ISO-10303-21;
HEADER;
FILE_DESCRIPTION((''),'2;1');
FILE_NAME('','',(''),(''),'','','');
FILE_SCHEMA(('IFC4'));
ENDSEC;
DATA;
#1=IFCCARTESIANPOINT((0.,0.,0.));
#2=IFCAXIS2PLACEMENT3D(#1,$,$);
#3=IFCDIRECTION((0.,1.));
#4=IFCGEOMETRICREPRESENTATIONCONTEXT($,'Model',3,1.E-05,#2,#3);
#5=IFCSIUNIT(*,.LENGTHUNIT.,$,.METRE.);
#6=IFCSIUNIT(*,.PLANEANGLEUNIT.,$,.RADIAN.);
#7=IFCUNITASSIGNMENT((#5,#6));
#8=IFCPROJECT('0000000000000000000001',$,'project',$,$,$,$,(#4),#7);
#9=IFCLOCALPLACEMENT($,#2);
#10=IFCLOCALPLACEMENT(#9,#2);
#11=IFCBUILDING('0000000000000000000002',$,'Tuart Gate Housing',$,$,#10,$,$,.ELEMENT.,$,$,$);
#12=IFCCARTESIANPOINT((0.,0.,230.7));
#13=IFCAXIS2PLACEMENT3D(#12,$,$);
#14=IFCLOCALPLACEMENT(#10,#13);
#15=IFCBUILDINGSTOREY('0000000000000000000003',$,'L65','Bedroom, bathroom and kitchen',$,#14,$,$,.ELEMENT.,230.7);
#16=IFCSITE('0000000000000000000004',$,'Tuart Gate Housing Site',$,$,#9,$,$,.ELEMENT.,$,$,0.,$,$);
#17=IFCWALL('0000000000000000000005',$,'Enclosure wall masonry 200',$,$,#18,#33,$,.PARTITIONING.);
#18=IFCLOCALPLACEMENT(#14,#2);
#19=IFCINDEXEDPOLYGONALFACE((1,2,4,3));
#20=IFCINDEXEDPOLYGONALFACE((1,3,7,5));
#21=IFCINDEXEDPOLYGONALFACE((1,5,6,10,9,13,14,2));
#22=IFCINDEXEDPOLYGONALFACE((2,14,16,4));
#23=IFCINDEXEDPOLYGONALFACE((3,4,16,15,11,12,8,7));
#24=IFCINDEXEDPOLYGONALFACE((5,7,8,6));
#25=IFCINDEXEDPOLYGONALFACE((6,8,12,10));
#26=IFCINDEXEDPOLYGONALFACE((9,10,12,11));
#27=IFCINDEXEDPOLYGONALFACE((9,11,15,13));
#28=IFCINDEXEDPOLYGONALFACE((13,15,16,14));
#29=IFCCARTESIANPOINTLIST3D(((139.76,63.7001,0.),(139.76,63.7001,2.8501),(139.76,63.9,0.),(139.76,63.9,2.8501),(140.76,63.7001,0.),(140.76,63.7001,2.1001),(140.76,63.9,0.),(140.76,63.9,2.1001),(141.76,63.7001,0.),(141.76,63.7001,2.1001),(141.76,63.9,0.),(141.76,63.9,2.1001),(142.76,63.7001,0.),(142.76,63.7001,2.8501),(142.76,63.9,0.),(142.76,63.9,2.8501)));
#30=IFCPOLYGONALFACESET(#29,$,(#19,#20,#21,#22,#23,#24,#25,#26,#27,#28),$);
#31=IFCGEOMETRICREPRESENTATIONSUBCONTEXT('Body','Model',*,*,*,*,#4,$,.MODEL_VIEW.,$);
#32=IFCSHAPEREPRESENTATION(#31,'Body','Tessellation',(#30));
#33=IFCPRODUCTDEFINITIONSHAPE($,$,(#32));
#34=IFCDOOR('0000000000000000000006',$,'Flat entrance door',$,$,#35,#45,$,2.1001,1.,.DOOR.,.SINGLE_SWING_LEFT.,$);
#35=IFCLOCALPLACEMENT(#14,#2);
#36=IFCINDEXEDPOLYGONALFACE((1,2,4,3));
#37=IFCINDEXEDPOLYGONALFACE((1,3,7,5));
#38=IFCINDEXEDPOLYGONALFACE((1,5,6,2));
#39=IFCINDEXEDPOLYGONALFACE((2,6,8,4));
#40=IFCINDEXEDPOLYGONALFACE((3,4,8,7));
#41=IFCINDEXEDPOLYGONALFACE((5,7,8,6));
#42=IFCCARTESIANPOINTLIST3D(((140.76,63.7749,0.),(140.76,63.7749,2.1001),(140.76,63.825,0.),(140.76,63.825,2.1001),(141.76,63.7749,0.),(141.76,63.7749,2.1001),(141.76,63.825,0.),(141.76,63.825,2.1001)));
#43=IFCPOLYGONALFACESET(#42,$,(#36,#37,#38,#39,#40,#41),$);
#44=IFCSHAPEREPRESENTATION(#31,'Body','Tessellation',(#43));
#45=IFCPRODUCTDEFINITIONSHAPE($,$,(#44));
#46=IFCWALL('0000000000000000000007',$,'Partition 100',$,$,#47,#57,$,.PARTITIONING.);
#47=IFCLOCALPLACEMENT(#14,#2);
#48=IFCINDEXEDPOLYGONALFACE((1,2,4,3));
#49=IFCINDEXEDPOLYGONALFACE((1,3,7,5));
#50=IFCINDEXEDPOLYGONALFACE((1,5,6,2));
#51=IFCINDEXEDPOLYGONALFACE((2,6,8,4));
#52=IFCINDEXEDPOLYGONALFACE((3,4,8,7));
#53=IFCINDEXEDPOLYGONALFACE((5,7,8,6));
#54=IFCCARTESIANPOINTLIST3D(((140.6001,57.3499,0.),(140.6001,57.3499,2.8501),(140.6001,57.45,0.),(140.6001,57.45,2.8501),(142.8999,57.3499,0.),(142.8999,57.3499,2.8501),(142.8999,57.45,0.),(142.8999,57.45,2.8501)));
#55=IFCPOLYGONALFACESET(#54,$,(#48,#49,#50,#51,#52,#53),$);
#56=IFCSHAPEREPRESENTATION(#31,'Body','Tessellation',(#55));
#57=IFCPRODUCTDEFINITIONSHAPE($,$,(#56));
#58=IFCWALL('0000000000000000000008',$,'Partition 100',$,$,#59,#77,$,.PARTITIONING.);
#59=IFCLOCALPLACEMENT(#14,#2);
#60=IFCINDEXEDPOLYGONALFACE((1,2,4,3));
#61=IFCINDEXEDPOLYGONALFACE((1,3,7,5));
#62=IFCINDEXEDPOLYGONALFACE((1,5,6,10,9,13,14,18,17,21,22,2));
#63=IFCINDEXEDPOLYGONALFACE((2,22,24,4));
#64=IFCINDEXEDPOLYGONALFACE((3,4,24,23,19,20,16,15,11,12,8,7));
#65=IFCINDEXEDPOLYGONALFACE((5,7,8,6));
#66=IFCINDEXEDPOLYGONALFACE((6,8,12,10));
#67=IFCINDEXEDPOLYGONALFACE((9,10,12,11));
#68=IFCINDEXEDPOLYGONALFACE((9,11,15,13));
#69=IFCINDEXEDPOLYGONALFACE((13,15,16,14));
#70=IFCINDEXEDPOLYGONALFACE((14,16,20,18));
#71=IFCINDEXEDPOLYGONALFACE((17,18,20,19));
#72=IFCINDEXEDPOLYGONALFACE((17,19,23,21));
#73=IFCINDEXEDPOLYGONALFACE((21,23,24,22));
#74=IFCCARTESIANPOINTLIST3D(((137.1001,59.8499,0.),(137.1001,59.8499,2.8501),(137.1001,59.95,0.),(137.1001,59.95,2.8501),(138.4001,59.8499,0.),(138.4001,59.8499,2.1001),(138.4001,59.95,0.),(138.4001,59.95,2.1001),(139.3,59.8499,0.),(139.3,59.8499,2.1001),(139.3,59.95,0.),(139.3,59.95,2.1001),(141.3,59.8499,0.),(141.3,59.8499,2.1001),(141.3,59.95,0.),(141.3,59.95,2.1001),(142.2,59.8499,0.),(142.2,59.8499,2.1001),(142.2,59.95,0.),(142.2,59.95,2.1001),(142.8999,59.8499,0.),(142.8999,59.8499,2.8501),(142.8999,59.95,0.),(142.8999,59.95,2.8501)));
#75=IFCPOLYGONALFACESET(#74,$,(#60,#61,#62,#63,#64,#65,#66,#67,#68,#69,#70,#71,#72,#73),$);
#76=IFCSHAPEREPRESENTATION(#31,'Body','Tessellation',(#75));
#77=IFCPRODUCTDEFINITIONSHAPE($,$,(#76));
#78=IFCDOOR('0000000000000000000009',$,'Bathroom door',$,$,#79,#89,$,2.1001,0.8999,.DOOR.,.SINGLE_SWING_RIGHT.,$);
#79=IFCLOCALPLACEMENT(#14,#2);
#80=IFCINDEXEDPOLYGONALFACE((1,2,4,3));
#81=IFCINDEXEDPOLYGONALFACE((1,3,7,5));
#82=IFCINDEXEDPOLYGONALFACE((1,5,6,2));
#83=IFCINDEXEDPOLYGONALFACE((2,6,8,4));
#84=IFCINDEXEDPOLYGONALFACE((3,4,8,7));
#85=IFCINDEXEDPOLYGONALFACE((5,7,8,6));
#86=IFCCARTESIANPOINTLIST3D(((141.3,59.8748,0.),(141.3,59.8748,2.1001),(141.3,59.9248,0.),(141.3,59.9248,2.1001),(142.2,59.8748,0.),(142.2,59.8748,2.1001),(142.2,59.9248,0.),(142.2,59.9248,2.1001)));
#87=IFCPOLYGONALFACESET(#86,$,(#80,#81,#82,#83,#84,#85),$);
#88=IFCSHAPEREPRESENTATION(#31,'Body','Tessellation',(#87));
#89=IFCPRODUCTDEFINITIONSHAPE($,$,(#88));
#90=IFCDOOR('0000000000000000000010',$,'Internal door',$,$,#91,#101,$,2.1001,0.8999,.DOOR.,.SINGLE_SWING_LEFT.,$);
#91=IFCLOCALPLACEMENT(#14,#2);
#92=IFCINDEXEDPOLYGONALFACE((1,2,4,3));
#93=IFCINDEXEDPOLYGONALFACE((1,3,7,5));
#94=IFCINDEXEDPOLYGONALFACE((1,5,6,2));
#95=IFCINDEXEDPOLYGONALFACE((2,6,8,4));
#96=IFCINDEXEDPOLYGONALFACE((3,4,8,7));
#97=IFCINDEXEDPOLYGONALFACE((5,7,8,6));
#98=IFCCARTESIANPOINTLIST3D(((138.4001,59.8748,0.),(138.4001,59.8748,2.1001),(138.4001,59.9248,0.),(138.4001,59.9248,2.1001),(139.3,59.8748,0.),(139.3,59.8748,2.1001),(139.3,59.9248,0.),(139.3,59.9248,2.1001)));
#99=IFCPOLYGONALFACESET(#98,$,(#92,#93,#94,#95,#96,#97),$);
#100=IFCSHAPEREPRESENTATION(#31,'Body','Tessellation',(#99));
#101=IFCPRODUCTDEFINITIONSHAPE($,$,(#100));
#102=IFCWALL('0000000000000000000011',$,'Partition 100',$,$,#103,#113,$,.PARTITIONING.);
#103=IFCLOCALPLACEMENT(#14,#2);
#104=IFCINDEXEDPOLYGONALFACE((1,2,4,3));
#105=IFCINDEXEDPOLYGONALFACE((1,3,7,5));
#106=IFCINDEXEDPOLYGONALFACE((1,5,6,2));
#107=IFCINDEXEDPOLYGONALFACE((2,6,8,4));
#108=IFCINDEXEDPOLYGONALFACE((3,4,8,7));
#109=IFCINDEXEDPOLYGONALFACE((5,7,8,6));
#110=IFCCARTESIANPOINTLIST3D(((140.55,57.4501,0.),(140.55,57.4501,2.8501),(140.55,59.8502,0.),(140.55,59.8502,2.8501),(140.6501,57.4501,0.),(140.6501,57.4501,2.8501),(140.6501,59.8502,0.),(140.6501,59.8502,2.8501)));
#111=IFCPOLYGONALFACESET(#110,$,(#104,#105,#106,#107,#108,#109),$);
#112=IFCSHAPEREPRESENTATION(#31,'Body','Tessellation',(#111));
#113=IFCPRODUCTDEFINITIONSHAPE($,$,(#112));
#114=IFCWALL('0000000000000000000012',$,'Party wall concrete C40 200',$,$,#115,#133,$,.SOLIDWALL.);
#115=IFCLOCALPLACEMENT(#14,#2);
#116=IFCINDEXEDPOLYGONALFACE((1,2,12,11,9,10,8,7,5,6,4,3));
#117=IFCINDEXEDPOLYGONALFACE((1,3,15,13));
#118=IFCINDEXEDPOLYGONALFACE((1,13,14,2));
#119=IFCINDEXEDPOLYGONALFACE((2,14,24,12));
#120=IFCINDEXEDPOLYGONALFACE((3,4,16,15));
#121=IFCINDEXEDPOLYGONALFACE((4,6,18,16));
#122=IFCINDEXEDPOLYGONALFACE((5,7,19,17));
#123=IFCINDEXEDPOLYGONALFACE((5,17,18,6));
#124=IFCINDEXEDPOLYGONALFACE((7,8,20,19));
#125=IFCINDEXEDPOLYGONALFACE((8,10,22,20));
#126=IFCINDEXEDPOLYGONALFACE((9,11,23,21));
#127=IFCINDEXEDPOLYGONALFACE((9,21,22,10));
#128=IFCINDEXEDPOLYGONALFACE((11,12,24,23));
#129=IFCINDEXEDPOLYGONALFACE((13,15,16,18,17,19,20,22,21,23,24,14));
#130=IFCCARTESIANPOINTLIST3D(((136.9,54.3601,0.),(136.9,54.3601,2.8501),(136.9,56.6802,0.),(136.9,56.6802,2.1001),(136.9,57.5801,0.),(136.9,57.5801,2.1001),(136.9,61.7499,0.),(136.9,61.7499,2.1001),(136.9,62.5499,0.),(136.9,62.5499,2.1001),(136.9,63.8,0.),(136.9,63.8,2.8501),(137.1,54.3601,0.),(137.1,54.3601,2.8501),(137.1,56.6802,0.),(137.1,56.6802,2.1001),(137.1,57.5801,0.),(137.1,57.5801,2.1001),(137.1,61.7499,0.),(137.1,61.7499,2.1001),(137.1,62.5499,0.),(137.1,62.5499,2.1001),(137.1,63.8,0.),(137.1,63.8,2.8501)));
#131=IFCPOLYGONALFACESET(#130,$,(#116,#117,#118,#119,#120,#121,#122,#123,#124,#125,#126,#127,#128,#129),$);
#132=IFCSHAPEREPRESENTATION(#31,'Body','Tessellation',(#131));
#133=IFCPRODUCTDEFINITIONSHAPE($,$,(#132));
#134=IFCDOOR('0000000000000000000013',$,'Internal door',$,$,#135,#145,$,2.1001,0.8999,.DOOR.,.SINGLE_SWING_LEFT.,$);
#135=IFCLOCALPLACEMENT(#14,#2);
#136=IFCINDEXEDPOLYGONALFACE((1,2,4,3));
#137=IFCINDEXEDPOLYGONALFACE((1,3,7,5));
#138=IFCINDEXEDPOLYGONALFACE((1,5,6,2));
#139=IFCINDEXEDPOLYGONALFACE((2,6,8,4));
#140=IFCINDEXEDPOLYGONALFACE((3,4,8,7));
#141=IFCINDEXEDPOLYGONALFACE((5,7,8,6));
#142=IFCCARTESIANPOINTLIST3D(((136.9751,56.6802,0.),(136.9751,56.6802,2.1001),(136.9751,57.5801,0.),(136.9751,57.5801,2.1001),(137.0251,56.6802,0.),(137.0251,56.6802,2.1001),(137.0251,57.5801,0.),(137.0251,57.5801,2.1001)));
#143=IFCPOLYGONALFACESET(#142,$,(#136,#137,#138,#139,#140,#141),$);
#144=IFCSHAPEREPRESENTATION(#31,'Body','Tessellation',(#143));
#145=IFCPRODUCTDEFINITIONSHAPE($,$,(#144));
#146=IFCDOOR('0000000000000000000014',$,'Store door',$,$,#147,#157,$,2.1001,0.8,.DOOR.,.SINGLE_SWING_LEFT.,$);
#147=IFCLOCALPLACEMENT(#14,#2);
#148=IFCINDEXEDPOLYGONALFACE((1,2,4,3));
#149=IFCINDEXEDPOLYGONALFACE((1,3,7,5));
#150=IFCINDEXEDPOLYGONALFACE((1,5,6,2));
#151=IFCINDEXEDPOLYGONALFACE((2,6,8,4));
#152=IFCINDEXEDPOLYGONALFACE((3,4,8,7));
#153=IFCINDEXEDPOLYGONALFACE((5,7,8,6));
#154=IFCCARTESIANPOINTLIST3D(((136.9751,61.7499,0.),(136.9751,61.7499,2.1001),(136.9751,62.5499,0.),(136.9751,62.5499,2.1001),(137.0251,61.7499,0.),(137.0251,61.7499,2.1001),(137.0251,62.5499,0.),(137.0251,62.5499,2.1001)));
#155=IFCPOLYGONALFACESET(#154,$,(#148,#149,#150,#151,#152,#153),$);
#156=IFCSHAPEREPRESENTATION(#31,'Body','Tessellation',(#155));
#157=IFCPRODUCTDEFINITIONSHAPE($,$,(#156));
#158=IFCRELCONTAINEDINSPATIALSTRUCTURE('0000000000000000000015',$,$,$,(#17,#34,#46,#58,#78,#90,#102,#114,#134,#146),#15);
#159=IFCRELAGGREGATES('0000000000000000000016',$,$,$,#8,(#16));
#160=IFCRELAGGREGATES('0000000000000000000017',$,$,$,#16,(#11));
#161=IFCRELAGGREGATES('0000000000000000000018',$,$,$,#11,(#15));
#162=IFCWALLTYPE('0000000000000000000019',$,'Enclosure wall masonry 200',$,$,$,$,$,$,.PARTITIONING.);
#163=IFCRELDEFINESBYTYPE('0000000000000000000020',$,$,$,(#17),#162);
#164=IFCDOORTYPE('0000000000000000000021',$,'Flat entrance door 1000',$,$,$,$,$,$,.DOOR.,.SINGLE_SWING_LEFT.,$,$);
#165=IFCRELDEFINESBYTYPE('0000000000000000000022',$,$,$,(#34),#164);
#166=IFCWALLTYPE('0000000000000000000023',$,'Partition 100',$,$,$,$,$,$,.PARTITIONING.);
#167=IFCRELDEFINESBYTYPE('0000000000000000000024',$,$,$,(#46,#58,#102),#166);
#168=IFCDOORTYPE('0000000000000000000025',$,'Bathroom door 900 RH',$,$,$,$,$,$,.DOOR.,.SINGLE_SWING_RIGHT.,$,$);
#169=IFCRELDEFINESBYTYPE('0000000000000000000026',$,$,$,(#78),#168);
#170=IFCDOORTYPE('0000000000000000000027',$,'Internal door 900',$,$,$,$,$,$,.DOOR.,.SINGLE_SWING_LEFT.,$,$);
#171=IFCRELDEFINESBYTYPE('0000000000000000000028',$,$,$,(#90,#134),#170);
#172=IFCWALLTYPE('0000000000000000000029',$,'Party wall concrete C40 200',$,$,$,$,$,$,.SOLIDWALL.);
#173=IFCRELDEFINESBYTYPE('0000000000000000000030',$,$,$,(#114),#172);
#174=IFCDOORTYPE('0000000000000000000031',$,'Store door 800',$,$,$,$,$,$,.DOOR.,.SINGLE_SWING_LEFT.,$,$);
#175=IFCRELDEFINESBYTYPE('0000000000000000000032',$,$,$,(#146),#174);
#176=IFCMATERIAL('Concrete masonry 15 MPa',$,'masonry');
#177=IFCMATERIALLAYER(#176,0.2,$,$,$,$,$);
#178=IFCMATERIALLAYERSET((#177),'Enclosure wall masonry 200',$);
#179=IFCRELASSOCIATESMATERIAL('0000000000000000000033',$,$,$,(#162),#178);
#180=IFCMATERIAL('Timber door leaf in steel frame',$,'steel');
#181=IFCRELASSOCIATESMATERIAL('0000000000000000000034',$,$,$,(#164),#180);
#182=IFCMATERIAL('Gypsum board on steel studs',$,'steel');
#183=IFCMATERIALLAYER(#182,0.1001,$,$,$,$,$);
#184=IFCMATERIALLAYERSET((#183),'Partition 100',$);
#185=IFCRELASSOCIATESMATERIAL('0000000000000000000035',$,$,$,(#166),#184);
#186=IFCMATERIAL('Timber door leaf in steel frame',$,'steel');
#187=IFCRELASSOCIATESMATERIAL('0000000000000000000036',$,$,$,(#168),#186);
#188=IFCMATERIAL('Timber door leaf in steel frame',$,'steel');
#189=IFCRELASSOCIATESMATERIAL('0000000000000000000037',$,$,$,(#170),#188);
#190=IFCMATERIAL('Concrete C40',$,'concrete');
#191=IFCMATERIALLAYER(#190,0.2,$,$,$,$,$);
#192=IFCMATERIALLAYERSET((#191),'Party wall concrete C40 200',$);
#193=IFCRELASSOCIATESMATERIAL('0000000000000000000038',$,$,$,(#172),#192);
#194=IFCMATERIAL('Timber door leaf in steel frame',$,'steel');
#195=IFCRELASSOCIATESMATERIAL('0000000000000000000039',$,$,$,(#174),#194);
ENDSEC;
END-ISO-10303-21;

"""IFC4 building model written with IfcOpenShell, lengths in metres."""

from ifc_helpers import new_model, si_unit, direction, frame, frame_2d, origin, place, context, subcontext, project, spatial, rectangle, extrude, material, layer, layer_set, type_object, element, fill, save


model = new_model("IFC4")

# Units and contexts
model_context = context("Model", 3, precision=1e-05, world=origin(), true_north=direction((0.0, 1.0)))
body_context = subcontext(model_context, "Body", "Model", "MODEL_VIEW")
ifc_project = project(units=[si_unit("LENGTHUNIT", "METRE"), si_unit("PLANEANGLEUNIT", "RADIAN")], contexts=[model_context])

# Site, building, storey
site_placement = place(None, origin())
site = spatial("IfcSite", under=ifc_project, at=site_placement, Name="Tuart Gate Housing Site", CompositionType="ELEMENT", RefElevation=0.0)
building_placement = place(site_placement, origin())
building = spatial("IfcBuilding", under=site, at=building_placement, Name="Tuart Gate Housing", CompositionType="ELEMENT")
storey_placement = place(building_placement, frame((0.0, 0.0, 230.7)))
storey = spatial("IfcBuildingStorey", under=building, at=storey_placement, Name="L65", Description="Bedroom, bathroom and kitchen", CompositionType="ELEMENT", Elevation=230.7)

# Wall, opening, door
ifc_material_1 = material(Name="Concrete masonry 15 MPa", Category="masonry")
ifc_layer_1 = layer(ifc_material_1, 0.2)
ifc_layer_set_1 = layer_set([ifc_layer_1], Name="Enclosure wall masonry 200")
wall_type_1 = type_object("IfcWallType", Name="Enclosure wall masonry 200", PredefinedType="PARTITIONING", material=ifc_layer_set_1)
wall_1_placement = place(storey_placement, frame((139.76, 63.8, 0.0), z_axis=(0.0, 0.0, 1.0), x_axis=(1.0, 0.0, 0.0)))
wall_1 = element("IfcWall", 1, at=wall_1_placement, inside=storey, type_object=wall_type_1, Name="Enclosure wall masonry 200", PredefinedType="PARTITIONING", context=body_context, shape_type="SweptSolid", body=[
    extrude(rectangle(XDim=3.0, YDim=0.2, at=frame_2d((1.5, 0.0))), origin(), (0.0, 0.0, 1.0), 2.8501),
])
opening_1_placement = place(wall_1_placement, frame((1.0, 0.0, 0.0)))
opening_1 = element("IfcOpeningElement", 2, at=opening_1_placement, cuts=wall_1, PredefinedType="OPENING", context=body_context, shape_type="SweptSolid", body=[
    extrude(rectangle(XDim=1.0, YDim=2.1001, at=frame_2d((0.5, 1.05))), frame((0.0, 0.1099, 0.0), z_axis=(0.0, -1.0, 0.0), x_axis=(1.0, 0.0, 0.0)), (0.0, 0.0, 1.0), 0.22),
])
ifc_material_2 = material(Name="Timber door leaf in steel frame", Category="steel")
door_type_1 = type_object("IfcDoorType", Name="Flat entrance door 1000", OperationType="SINGLE_SWING_LEFT", PredefinedType="DOOR", material=ifc_material_2)
door_1_placement = place(opening_1_placement, frame((1.0, 0.0, 0.0), z_axis=(0.0, 0.0, 1.0), x_axis=(-1.0, 0.0, 0.0)))
door_1 = element("IfcDoor", 3, at=door_1_placement, inside=storey, type_object=door_type_1, Name="Flat entrance door", OperationType="SINGLE_SWING_LEFT", OverallHeight=2.1001, OverallWidth=1.0, PredefinedType="DOOR", context=body_context, shape_type="SweptSolid", body=[
    extrude(rectangle(XDim=1.0, YDim=2.1001, at=frame_2d((0.5, 1.05))), frame((0.0, 0.0251, 0.0), z_axis=(0.0, -1.0, 0.0), x_axis=(1.0, 0.0, 0.0)), (0.0, 0.0, 1.0), 0.05),
])
fill(opening_1, door_1)

# Wall
ifc_material_3 = material(Name="Gypsum board on steel studs", Category="steel")
ifc_layer_2 = layer(ifc_material_3, 0.1001)
ifc_layer_set_2 = layer_set([ifc_layer_2], Name="Partition 100")
wall_type_2 = type_object("IfcWallType", Name="Partition 100", PredefinedType="PARTITIONING", material=ifc_layer_set_2)
wall_2_placement = place(storey_placement, frame((140.6001, 57.3999, 0.0), z_axis=(0.0, 0.0, 1.0), x_axis=(1.0, 0.0, 0.0)))
element("IfcWall", 4, at=wall_2_placement, inside=storey, type_object=wall_type_2, Name="Partition 100", PredefinedType="PARTITIONING", context=body_context, shape_type="SweptSolid", body=[
    extrude(rectangle(XDim=2.2998, YDim=0.1001, at=frame_2d((1.1499, 0.0))), origin(), (0.0, 0.0, 1.0), 2.8501),
])

# Wall, openings, doors
wall_3_placement = place(storey_placement, frame((137.1001, 59.8999, 0.0), z_axis=(0.0, 0.0, 1.0), x_axis=(1.0, 0.0, 0.0)))
wall_3 = element("IfcWall", 5, at=wall_3_placement, inside=storey, type_object=wall_type_2, Name="Partition 100", PredefinedType="PARTITIONING", context=body_context, shape_type="SweptSolid", body=[
    extrude(rectangle(XDim=5.7998, YDim=0.1001, at=frame_2d((2.8999, 0.0))), origin(), (0.0, 0.0, 1.0), 2.8501),
])
opening_2_placement = place(wall_3_placement, frame((1.3, 0.0, 0.0)))
opening_2 = element("IfcOpeningElement", 6, at=opening_2_placement, cuts=wall_3, PredefinedType="OPENING", context=body_context, shape_type="SweptSolid", body=[
    extrude(rectangle(XDim=0.8999, YDim=2.1001, at=frame_2d((0.45, 1.05))), frame((0.0, 0.0601, 0.0), z_axis=(0.0, -1.0, 0.0), x_axis=(1.0, 0.0, 0.0)), (0.0, 0.0, 1.0), 0.1201),
])
opening_3_placement = place(wall_3_placement, frame((4.2, 0.0, 0.0)))
opening_3 = element("IfcOpeningElement", 7, at=opening_3_placement, cuts=wall_3, PredefinedType="OPENING", context=body_context, shape_type="SweptSolid", body=[
    extrude(rectangle(XDim=0.8999, YDim=2.1001, at=frame_2d((0.45, 1.05))), frame((0.0, 0.0601, 0.0), z_axis=(0.0, -1.0, 0.0), x_axis=(1.0, 0.0, 0.0)), (0.0, 0.0, 1.0), 0.1201),
])
ifc_material_4 = material(Name="Timber door leaf in steel frame", Category="steel")
door_type_2 = type_object("IfcDoorType", Name="Bathroom door 900 RH", OperationType="SINGLE_SWING_RIGHT", PredefinedType="DOOR", material=ifc_material_4)
door_2_placement = place(opening_3_placement, frame((0.8999, 0.0, 0.0), z_axis=(0.0, 0.0, 1.0), x_axis=(-1.0, 0.0, 0.0)))
door_2 = element("IfcDoor", 8, at=door_2_placement, inside=storey, type_object=door_type_2, Name="Bathroom door", OperationType="SINGLE_SWING_RIGHT", OverallHeight=2.1001, OverallWidth=0.8999, PredefinedType="DOOR", context=body_context, shape_type="SweptSolid", body=[
    extrude(rectangle(XDim=0.8999, YDim=2.1001, at=frame_2d((0.45, 1.05))), frame((0.0, 0.0251, 0.0), z_axis=(0.0, -1.0, 0.0), x_axis=(1.0, 0.0, 0.0)), (0.0, 0.0, 1.0), 0.05),
])
fill(opening_3, door_2)
ifc_material_5 = material(Name="Timber door leaf in steel frame", Category="steel")
door_type_3 = type_object("IfcDoorType", Name="Internal door 900", OperationType="SINGLE_SWING_LEFT", PredefinedType="DOOR", material=ifc_material_5)
door_3_placement = place(opening_2_placement, origin())
door_3 = element("IfcDoor", 9, at=door_3_placement, inside=storey, type_object=door_type_3, Name="Internal door", OperationType="SINGLE_SWING_LEFT", OverallHeight=2.1001, OverallWidth=0.8999, PredefinedType="DOOR", context=body_context, shape_type="SweptSolid", body=[
    extrude(rectangle(XDim=0.8999, YDim=2.1001, at=frame_2d((0.45, 1.05))), frame((0.0, 0.0249, 0.0), z_axis=(0.0, -1.0, 0.0), x_axis=(1.0, 0.0, 0.0)), (0.0, 0.0, 1.0), 0.05),
])
fill(opening_2, door_3)

# Wall
wall_4_placement = place(storey_placement, frame((140.6001, 57.45, 0.0), z_axis=(0.0, 0.0, 1.0), x_axis=(0.0, 1.0, 0.0)))
element("IfcWall", 10, at=wall_4_placement, inside=storey, type_object=wall_type_2, Name="Partition 100", PredefinedType="PARTITIONING", context=body_context, shape_type="SweptSolid", body=[
    extrude(rectangle(XDim=2.4001, YDim=0.1001, at=frame_2d((1.2002, 0.0))), origin(), (0.0, 0.0, 1.0), 2.8501),
])

# Wall, openings, doors
ifc_material_6 = material(Name="Concrete C40", Category="concrete")
ifc_layer_3 = layer(ifc_material_6, 0.2)
ifc_layer_set_3 = layer_set([ifc_layer_3], Name="Party wall concrete C40 200")
wall_type_3 = type_object("IfcWallType", Name="Party wall concrete C40 200", PredefinedType="SOLIDWALL", material=ifc_layer_set_3)
wall_5_placement = place(storey_placement, frame((137.0, 54.3601, 0.0), z_axis=(0.0, 0.0, 1.0), x_axis=(0.0, 1.0, 0.0)))
wall_5 = element("IfcWall", 11, at=wall_5_placement, inside=storey, type_object=wall_type_3, Name="Party wall concrete C40 200", PredefinedType="SOLIDWALL", context=body_context, shape_type="SweptSolid", body=[
    extrude(rectangle(XDim=9.4399, YDim=0.2, at=frame_2d((4.72, 0.0))), origin(), (0.0, 0.0, 1.0), 2.8501),
])
opening_4_placement = place(wall_5_placement, frame((2.3201, 0.0, 0.0)))
opening_4 = element("IfcOpeningElement", 12, at=opening_4_placement, cuts=wall_5, PredefinedType="OPENING", context=body_context, shape_type="SweptSolid", body=[
    extrude(rectangle(XDim=0.8999, YDim=2.1001, at=frame_2d((0.45, 1.05))), frame((0.0, 0.1099, 0.0), z_axis=(0.0, -1.0, 0.0), x_axis=(1.0, 0.0, 0.0)), (0.0, 0.0, 1.0), 0.22),
])
opening_5_placement = place(wall_5_placement, frame((7.3899, 0.0, 0.0)))
opening_5 = element("IfcOpeningElement", 13, at=opening_5_placement, cuts=wall_5, PredefinedType="OPENING", context=body_context, shape_type="SweptSolid", body=[
    extrude(rectangle(XDim=0.8, YDim=2.1001, at=frame_2d((0.3999, 1.05))), frame((0.0, 0.1099, 0.0), z_axis=(0.0, -1.0, 0.0), x_axis=(1.0, 0.0, 0.0)), (0.0, 0.0, 1.0), 0.22),
])
door_4_placement = place(opening_4_placement, origin())
door_4 = element("IfcDoor", 14, at=door_4_placement, inside=storey, type_object=door_type_3, Name="Internal door", OperationType="SINGLE_SWING_LEFT", OverallHeight=2.1001, OverallWidth=0.8999, PredefinedType="DOOR", context=body_context, shape_type="SweptSolid", body=[
    extrude(rectangle(XDim=0.8999, YDim=2.1001, at=frame_2d((0.45, 1.05))), frame((0.0, 0.0249, 0.0), z_axis=(0.0, -1.0, 0.0), x_axis=(1.0, 0.0, 0.0)), (0.0, 0.0, 1.0), 0.05),
])
fill(opening_4, door_4)
ifc_material_7 = material(Name="Timber door leaf in steel frame", Category="steel")
door_type_4 = type_object("IfcDoorType", Name="Store door 800", OperationType="SINGLE_SWING_LEFT", PredefinedType="DOOR", material=ifc_material_7)
door_5_placement = place(opening_5_placement, origin())
door_5 = element("IfcDoor", 15, at=door_5_placement, inside=storey, type_object=door_type_4, Name="Store door", OperationType="SINGLE_SWING_LEFT", OverallHeight=2.1001, OverallWidth=0.8, PredefinedType="DOOR", context=body_context, shape_type="SweptSolid", body=[
    extrude(rectangle(XDim=0.8, YDim=2.1001, at=frame_2d((0.3999, 1.05))), frame((0.0, 0.0249, 0.0), z_axis=(0.0, -1.0, 0.0), x_axis=(1.0, 0.0, 0.0)), (0.0, 0.0, 1.0), 0.05),
])
fill(opening_5, door_5)

save(model, "model.ifc")
